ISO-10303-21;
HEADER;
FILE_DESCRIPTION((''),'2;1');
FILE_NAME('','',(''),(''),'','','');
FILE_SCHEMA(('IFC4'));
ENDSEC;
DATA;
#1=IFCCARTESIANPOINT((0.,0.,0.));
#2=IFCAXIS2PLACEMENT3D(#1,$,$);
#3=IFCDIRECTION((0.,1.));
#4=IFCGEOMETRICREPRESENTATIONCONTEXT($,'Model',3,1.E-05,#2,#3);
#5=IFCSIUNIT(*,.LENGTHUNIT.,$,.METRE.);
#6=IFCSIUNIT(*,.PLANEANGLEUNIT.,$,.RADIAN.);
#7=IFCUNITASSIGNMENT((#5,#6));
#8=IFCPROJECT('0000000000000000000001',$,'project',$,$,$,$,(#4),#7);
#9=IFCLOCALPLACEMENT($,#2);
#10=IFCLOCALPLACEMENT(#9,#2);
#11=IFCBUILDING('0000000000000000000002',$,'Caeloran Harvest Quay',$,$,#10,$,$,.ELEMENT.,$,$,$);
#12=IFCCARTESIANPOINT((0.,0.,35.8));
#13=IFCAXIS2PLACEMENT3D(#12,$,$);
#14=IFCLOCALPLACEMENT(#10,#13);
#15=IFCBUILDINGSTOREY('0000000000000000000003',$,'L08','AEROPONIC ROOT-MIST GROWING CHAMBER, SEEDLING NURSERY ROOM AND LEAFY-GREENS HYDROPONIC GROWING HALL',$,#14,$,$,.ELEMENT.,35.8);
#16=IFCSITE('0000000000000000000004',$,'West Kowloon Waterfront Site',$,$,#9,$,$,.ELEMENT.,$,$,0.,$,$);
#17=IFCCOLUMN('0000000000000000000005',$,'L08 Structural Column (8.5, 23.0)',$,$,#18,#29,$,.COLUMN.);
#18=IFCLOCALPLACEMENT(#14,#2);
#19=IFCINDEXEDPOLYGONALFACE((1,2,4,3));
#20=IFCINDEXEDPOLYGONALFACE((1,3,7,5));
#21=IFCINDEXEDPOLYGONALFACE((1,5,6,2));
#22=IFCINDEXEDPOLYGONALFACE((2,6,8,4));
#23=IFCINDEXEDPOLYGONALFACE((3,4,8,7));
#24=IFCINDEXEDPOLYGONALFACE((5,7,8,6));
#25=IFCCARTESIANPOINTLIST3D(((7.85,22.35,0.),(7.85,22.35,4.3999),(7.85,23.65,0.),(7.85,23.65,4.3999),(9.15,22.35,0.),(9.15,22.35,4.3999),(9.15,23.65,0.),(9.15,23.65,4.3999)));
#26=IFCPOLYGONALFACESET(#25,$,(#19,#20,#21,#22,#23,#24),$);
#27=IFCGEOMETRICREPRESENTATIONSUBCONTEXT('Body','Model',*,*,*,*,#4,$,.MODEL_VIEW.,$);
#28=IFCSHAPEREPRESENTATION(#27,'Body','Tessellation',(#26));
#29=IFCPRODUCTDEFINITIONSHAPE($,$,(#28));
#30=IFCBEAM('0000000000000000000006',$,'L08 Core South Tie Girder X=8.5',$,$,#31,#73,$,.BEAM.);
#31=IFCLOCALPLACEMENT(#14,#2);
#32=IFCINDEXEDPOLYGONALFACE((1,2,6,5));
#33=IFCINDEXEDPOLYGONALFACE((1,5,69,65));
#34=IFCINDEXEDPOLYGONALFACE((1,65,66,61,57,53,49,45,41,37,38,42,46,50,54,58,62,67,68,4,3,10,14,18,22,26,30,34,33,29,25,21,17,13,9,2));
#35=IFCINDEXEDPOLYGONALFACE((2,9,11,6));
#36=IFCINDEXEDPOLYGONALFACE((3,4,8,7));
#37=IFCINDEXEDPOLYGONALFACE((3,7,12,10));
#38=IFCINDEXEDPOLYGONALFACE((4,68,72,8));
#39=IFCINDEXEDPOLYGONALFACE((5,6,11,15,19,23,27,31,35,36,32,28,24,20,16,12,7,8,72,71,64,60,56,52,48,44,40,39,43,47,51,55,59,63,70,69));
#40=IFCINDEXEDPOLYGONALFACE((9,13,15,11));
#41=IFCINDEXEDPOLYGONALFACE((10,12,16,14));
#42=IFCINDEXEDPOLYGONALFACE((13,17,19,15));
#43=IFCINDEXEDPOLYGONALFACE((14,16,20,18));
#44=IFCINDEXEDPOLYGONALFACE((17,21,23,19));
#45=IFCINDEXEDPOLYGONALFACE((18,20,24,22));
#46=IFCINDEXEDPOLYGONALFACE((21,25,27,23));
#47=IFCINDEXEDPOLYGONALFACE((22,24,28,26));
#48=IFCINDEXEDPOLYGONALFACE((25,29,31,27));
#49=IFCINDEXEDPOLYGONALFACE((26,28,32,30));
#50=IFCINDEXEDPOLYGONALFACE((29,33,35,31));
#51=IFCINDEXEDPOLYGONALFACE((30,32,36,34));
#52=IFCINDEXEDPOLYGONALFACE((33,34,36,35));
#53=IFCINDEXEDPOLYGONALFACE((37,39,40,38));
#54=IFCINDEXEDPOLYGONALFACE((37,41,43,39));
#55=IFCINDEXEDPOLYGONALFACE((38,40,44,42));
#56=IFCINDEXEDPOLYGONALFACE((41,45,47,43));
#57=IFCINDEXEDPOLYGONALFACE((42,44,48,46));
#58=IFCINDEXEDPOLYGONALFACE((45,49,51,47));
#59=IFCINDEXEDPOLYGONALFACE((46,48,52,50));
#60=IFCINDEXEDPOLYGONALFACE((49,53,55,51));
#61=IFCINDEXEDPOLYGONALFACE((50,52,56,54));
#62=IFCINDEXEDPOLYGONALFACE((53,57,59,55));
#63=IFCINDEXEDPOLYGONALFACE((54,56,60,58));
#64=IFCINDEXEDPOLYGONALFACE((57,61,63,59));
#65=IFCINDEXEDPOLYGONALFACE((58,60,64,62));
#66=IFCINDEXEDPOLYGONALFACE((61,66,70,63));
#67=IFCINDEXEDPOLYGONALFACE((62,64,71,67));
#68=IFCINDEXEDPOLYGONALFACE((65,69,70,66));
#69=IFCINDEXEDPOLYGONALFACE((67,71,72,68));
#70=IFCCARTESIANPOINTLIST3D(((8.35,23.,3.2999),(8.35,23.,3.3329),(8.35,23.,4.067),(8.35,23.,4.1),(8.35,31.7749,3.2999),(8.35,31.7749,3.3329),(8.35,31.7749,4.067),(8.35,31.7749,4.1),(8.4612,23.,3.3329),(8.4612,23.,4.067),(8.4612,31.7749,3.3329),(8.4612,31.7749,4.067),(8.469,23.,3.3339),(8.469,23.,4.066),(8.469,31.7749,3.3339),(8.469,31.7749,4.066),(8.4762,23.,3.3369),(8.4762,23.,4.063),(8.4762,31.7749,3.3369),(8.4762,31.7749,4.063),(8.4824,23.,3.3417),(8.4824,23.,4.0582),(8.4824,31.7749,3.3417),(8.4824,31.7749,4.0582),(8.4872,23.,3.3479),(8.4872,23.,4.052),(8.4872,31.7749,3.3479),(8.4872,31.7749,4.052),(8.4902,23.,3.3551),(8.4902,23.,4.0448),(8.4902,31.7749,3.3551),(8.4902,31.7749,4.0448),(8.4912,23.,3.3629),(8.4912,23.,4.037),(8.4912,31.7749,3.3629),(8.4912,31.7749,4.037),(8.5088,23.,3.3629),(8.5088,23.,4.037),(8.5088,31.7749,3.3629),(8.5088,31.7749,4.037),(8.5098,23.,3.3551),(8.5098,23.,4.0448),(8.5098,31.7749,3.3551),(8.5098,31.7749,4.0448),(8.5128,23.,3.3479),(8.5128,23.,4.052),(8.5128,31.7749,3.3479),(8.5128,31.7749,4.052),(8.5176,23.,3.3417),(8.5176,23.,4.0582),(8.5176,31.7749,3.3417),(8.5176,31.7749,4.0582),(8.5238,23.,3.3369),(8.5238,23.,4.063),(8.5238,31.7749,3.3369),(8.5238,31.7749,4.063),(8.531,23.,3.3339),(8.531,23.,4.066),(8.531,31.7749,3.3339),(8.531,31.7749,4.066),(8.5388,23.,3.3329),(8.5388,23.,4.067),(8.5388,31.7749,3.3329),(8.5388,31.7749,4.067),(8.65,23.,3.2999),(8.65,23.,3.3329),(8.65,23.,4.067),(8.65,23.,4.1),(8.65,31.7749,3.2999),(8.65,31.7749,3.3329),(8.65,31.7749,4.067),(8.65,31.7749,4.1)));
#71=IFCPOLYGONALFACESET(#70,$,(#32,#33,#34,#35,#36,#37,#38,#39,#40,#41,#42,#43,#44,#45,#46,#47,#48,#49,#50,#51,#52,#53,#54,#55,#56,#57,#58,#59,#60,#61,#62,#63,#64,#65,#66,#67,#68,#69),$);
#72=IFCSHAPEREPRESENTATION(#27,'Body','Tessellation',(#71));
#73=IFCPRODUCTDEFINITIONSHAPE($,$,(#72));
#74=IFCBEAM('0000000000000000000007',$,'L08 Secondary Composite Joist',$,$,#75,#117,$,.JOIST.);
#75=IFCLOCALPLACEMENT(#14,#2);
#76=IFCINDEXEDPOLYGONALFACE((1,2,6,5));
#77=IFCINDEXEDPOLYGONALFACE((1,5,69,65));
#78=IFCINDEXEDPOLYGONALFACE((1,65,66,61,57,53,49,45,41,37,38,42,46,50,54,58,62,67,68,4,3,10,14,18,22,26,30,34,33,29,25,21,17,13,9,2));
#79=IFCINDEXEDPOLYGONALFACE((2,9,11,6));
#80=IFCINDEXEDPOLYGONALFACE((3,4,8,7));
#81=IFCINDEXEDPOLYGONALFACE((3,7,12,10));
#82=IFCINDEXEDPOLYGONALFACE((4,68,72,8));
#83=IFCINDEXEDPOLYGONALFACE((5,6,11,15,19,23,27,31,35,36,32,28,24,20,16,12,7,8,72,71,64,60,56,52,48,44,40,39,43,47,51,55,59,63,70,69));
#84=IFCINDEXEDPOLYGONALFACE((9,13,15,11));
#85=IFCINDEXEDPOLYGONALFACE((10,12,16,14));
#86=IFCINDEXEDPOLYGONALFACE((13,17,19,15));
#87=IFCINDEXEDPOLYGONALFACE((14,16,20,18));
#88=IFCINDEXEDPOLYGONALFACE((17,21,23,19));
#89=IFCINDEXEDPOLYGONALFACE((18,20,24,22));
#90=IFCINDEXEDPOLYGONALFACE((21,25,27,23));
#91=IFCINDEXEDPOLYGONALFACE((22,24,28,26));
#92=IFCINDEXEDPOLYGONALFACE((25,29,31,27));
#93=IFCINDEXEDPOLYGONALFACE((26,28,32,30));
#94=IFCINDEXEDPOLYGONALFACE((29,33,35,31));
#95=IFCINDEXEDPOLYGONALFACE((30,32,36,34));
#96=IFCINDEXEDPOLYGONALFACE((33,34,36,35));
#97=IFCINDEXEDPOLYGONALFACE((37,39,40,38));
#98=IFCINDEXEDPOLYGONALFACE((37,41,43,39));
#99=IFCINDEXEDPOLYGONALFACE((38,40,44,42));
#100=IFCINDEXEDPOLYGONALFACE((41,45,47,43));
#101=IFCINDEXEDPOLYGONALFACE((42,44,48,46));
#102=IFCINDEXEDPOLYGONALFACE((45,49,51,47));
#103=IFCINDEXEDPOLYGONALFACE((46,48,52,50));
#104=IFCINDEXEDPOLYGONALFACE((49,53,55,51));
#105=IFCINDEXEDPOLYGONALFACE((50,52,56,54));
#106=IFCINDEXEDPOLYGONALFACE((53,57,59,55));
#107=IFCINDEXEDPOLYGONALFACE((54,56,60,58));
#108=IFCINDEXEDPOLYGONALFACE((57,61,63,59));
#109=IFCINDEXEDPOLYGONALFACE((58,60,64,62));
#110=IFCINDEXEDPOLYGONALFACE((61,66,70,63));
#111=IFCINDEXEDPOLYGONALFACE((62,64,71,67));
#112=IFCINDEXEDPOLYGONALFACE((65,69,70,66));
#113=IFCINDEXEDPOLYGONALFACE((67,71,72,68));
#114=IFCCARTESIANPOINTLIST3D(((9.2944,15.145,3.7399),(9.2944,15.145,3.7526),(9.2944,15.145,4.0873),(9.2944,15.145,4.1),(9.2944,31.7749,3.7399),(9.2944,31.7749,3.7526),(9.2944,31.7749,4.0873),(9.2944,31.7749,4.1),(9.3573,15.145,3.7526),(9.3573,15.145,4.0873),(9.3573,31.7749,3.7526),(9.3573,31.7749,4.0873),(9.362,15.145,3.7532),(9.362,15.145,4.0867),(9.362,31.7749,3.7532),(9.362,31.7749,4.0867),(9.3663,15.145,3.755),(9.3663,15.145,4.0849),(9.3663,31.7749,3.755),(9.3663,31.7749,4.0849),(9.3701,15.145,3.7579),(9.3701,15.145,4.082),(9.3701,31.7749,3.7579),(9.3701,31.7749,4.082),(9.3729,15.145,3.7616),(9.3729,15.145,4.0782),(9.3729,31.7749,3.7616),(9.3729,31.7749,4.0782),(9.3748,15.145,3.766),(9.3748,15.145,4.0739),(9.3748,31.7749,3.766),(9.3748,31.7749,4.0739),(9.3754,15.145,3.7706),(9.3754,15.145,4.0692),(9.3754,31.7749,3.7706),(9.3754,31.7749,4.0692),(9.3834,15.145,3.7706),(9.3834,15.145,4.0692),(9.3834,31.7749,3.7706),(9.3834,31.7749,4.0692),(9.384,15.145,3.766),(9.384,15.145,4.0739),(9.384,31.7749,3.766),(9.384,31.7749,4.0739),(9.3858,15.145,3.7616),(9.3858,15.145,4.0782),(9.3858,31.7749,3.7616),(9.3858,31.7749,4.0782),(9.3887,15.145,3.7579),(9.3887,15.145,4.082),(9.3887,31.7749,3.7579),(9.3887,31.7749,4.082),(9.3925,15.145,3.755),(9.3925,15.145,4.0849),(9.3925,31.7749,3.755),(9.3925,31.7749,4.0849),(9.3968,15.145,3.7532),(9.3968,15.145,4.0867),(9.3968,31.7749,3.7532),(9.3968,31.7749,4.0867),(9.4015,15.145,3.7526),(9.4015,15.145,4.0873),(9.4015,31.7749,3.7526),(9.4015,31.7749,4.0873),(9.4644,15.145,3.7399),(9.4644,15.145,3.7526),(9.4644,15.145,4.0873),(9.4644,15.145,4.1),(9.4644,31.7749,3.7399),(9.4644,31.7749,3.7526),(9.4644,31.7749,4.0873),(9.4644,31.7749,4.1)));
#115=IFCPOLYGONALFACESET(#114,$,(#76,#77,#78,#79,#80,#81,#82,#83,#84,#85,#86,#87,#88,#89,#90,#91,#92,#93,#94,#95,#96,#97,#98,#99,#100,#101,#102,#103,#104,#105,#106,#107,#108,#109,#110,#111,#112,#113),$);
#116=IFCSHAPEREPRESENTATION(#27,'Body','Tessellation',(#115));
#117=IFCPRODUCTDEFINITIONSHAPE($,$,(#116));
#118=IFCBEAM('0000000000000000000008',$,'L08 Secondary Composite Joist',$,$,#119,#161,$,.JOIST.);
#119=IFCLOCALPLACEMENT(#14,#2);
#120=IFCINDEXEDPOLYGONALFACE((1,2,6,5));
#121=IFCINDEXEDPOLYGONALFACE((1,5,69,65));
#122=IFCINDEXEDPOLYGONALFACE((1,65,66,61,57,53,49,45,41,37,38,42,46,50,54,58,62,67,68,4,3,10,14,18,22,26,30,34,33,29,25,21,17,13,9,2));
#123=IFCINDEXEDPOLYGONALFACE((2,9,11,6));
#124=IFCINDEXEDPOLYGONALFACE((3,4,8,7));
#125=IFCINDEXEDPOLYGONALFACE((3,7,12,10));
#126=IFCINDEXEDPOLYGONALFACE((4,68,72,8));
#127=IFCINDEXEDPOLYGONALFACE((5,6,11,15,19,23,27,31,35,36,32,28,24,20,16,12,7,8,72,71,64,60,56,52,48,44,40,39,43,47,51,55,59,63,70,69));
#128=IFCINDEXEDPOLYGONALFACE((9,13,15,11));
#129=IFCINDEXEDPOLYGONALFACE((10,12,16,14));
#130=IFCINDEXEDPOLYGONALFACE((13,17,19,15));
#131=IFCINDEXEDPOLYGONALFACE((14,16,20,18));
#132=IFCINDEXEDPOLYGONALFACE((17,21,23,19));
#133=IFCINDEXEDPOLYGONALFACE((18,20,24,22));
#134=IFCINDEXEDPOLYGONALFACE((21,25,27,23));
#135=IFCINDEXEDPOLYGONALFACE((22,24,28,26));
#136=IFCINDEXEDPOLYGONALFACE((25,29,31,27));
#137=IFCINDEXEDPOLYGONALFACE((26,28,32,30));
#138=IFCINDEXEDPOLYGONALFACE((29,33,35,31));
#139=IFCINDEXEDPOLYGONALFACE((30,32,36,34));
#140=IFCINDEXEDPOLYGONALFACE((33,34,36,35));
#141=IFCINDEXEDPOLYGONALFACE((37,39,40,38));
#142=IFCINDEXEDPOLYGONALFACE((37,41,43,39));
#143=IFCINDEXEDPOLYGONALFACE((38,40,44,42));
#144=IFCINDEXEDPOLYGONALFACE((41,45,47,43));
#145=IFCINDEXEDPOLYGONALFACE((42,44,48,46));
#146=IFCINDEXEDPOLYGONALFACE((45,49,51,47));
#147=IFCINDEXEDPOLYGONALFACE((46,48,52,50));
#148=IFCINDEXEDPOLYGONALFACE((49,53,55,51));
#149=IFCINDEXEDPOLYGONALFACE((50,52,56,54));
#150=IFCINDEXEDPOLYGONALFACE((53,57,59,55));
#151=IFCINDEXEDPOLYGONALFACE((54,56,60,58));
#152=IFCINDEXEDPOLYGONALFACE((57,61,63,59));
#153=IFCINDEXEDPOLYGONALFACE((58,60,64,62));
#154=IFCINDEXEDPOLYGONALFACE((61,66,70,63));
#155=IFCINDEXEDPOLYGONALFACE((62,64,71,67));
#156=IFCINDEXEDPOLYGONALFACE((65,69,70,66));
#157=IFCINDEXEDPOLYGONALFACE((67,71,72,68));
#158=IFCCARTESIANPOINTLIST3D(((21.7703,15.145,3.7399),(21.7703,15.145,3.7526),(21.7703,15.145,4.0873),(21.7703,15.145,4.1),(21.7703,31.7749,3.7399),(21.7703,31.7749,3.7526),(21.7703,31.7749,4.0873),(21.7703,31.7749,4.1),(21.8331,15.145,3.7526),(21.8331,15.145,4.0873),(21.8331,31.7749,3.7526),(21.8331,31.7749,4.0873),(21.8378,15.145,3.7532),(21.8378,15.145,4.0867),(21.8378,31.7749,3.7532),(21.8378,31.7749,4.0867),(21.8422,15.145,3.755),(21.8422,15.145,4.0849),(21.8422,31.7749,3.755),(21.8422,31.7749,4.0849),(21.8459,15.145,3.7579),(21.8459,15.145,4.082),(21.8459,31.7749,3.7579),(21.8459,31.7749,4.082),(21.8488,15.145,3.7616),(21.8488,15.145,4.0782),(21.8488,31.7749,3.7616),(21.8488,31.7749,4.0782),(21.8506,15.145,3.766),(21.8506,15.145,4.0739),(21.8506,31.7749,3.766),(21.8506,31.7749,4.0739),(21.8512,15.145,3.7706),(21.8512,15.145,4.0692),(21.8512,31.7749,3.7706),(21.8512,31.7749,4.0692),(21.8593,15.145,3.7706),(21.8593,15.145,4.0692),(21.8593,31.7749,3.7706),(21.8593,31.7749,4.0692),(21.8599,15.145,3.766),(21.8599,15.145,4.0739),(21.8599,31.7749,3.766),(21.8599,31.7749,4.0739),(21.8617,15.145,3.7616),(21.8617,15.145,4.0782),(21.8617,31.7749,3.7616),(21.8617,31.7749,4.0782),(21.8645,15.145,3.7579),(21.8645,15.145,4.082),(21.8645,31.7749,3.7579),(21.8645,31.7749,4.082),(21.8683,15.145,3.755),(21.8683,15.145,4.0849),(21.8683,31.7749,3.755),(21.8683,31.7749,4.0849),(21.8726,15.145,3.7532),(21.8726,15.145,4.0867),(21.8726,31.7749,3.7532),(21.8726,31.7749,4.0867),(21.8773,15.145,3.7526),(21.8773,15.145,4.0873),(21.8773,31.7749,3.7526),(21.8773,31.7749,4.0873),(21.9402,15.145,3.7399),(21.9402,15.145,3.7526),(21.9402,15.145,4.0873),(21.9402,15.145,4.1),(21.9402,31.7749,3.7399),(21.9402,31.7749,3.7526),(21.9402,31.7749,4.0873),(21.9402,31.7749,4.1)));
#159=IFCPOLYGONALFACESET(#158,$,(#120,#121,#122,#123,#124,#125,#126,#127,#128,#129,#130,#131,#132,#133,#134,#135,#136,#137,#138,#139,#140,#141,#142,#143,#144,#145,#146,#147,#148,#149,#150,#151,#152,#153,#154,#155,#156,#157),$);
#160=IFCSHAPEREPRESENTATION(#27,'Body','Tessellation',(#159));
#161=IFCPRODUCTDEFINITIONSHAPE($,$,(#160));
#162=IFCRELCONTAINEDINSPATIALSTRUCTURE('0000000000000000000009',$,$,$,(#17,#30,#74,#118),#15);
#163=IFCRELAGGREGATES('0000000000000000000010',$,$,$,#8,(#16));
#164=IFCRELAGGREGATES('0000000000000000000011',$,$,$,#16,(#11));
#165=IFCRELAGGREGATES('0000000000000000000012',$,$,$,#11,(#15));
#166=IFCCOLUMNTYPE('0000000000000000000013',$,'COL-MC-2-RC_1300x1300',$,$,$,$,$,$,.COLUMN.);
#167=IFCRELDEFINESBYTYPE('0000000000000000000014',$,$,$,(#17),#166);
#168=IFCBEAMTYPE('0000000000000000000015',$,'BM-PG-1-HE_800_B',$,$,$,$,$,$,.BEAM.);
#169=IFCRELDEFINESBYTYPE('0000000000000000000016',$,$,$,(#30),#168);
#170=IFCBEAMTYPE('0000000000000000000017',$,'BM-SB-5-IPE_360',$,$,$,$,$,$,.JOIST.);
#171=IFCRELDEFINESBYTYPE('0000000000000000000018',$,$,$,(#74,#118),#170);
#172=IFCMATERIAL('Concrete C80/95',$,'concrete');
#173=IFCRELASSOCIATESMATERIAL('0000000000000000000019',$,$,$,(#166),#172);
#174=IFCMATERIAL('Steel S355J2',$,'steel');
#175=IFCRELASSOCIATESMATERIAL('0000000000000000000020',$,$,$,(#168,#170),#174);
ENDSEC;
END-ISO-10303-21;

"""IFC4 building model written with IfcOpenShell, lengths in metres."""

from ifc_helpers import new_model, si_unit, direction, frame, origin, origin_2d, place, context, subcontext, project, spatial, rectangle, i_section, extrude, material, material_profile, profile_set, type_object, element, save


model = new_model("IFC4")

# Units and contexts
model_context = context("Model", 3, precision=1e-05, world=origin(), true_north=direction((0.0, 1.0)))
body_context = subcontext(model_context, "Body", "Model", "MODEL_VIEW")
ifc_project = project(units=[si_unit("LENGTHUNIT", "METRE"), si_unit("PLANEANGLEUNIT", "RADIAN")], contexts=[model_context])

# Site, building, storey
site_placement = place(None, origin())
site = spatial("IfcSite", under=ifc_project, at=site_placement, Name="West Kowloon Waterfront Site", CompositionType="ELEMENT", RefElevation=0.0)
building_placement = place(site_placement, origin())
building = spatial("IfcBuilding", under=site, at=building_placement, Name="Caeloran Harvest Quay", CompositionType="ELEMENT")
storey_placement = place(building_placement, frame((0.0, 0.0, 35.8)))
storey = spatial("IfcBuildingStorey", under=building, at=storey_placement, Name="L08", Description="AEROPONIC ROOT-MIST GROWING CHAMBER, SEEDLING NURSERY ROOM AND LEAFY-GREENS HYDROPONIC GROWING HALL", CompositionType="ELEMENT", Elevation=35.8)

# Column
ifc_material_1 = material(Name="Concrete C80/95", Category="concrete")
ifc_material_profile_1 = material_profile(ifc_material_1, rectangle(XDim=1.3, YDim=1.3, at=origin_2d()), Name="RC 1300x1300")
ifc_profile_set_1 = profile_set([ifc_material_profile_1], Name="Concrete C80/95")
column_type = type_object("IfcColumnType", Name="COL-MC-2-RC_1300x1300", PredefinedType="COLUMN", material=ifc_profile_set_1)
column_placement = place(storey_placement, frame((8.5, 23.0, 0.0), z_axis=(0.0, 0.0, 1.0), x_axis=(1.0, 0.0, 0.0)))
element("IfcColumn", 1, at=column_placement, inside=storey, type_object=column_type, Name="L08 Structural Column (8.5, 23.0)", PredefinedType="COLUMN", context=body_context, shape_type="SweptSolid", body=[
    extrude(rectangle(XDim=1.3, YDim=1.3, at=origin_2d()), origin(), (0.0, 0.0, 1.0), 4.3999),
])

# Beams
ifc_material_2 = material(Name="Steel S355J2", Category="steel")
ifc_material_profile_2 = material_profile(ifc_material_2, i_section(OverallWidth=0.3, OverallDepth=0.8, WebThickness=0.0176, FlangeThickness=0.033, FilletRadius=0.03, at=origin_2d()), Name="HE 800 B")
ifc_profile_set_2 = profile_set([ifc_material_profile_2], Name="Steel S355J2")
beam_type_1 = type_object("IfcBeamType", Name="BM-PG-1-HE_800_B", PredefinedType="BEAM", material=ifc_profile_set_2)
beam_placement = place(storey_placement, frame((8.5, 23.0, 3.7), z_axis=(0.0, 1.0, 0.0), x_axis=(-1.0, 0.0, 0.0)))
element("IfcBeam", 2, at=beam_placement, inside=storey, type_object=beam_type_1, Name="L08 Core South Tie Girder X=8.5", PredefinedType="BEAM", context=body_context, shape_type="SweptSolid", body=[
    extrude(i_section(OverallWidth=0.3, OverallDepth=0.8, WebThickness=0.0176, FlangeThickness=0.033, FilletRadius=0.03, at=origin_2d()), origin(), (0.0, 0.0, 1.0), 8.7749),
])
ifc_material_profile_3 = material_profile(ifc_material_2, i_section(OverallWidth=0.1699, OverallDepth=0.3601, WebThickness=0.0081, FlangeThickness=0.0127, FilletRadius=0.0181, at=origin_2d()), Name="IPE 360")
ifc_profile_set_3 = profile_set([ifc_material_profile_3], Name="Steel S355J2")
beam_type_2 = type_object("IfcBeamType", Name="BM-SB-5-IPE_360", PredefinedType="JOIST", material=ifc_profile_set_3)
for number, where, z_axis, x_axis, name in (
    (3, (9.3794, 15.145, 3.9199), (0.0, 1.0, 0.0), (-1.0, 0.0, 0.0), "L08 Secondary Composite Joist"),
    (4, (21.8552, 15.145, 3.9199), (0.0, 1.0, 0.0), (-1.0, 0.0, 0.0), "L08 Secondary Composite Joist"),
):
    element("IfcBeam", number, at=place(storey_placement, frame(where, z_axis=z_axis, x_axis=x_axis)), inside=storey, type_object=beam_type_2, Name=name, PredefinedType="JOIST", context=body_context, shape_type="SweptSolid", body=[
        extrude(i_section(OverallWidth=0.1699, OverallDepth=0.3601, WebThickness=0.0081, FlangeThickness=0.0127, FilletRadius=0.0181, at=origin_2d()), origin(), (0.0, 0.0, 1.0), 16.6299),
    ])

save(model, "model.ifc")
